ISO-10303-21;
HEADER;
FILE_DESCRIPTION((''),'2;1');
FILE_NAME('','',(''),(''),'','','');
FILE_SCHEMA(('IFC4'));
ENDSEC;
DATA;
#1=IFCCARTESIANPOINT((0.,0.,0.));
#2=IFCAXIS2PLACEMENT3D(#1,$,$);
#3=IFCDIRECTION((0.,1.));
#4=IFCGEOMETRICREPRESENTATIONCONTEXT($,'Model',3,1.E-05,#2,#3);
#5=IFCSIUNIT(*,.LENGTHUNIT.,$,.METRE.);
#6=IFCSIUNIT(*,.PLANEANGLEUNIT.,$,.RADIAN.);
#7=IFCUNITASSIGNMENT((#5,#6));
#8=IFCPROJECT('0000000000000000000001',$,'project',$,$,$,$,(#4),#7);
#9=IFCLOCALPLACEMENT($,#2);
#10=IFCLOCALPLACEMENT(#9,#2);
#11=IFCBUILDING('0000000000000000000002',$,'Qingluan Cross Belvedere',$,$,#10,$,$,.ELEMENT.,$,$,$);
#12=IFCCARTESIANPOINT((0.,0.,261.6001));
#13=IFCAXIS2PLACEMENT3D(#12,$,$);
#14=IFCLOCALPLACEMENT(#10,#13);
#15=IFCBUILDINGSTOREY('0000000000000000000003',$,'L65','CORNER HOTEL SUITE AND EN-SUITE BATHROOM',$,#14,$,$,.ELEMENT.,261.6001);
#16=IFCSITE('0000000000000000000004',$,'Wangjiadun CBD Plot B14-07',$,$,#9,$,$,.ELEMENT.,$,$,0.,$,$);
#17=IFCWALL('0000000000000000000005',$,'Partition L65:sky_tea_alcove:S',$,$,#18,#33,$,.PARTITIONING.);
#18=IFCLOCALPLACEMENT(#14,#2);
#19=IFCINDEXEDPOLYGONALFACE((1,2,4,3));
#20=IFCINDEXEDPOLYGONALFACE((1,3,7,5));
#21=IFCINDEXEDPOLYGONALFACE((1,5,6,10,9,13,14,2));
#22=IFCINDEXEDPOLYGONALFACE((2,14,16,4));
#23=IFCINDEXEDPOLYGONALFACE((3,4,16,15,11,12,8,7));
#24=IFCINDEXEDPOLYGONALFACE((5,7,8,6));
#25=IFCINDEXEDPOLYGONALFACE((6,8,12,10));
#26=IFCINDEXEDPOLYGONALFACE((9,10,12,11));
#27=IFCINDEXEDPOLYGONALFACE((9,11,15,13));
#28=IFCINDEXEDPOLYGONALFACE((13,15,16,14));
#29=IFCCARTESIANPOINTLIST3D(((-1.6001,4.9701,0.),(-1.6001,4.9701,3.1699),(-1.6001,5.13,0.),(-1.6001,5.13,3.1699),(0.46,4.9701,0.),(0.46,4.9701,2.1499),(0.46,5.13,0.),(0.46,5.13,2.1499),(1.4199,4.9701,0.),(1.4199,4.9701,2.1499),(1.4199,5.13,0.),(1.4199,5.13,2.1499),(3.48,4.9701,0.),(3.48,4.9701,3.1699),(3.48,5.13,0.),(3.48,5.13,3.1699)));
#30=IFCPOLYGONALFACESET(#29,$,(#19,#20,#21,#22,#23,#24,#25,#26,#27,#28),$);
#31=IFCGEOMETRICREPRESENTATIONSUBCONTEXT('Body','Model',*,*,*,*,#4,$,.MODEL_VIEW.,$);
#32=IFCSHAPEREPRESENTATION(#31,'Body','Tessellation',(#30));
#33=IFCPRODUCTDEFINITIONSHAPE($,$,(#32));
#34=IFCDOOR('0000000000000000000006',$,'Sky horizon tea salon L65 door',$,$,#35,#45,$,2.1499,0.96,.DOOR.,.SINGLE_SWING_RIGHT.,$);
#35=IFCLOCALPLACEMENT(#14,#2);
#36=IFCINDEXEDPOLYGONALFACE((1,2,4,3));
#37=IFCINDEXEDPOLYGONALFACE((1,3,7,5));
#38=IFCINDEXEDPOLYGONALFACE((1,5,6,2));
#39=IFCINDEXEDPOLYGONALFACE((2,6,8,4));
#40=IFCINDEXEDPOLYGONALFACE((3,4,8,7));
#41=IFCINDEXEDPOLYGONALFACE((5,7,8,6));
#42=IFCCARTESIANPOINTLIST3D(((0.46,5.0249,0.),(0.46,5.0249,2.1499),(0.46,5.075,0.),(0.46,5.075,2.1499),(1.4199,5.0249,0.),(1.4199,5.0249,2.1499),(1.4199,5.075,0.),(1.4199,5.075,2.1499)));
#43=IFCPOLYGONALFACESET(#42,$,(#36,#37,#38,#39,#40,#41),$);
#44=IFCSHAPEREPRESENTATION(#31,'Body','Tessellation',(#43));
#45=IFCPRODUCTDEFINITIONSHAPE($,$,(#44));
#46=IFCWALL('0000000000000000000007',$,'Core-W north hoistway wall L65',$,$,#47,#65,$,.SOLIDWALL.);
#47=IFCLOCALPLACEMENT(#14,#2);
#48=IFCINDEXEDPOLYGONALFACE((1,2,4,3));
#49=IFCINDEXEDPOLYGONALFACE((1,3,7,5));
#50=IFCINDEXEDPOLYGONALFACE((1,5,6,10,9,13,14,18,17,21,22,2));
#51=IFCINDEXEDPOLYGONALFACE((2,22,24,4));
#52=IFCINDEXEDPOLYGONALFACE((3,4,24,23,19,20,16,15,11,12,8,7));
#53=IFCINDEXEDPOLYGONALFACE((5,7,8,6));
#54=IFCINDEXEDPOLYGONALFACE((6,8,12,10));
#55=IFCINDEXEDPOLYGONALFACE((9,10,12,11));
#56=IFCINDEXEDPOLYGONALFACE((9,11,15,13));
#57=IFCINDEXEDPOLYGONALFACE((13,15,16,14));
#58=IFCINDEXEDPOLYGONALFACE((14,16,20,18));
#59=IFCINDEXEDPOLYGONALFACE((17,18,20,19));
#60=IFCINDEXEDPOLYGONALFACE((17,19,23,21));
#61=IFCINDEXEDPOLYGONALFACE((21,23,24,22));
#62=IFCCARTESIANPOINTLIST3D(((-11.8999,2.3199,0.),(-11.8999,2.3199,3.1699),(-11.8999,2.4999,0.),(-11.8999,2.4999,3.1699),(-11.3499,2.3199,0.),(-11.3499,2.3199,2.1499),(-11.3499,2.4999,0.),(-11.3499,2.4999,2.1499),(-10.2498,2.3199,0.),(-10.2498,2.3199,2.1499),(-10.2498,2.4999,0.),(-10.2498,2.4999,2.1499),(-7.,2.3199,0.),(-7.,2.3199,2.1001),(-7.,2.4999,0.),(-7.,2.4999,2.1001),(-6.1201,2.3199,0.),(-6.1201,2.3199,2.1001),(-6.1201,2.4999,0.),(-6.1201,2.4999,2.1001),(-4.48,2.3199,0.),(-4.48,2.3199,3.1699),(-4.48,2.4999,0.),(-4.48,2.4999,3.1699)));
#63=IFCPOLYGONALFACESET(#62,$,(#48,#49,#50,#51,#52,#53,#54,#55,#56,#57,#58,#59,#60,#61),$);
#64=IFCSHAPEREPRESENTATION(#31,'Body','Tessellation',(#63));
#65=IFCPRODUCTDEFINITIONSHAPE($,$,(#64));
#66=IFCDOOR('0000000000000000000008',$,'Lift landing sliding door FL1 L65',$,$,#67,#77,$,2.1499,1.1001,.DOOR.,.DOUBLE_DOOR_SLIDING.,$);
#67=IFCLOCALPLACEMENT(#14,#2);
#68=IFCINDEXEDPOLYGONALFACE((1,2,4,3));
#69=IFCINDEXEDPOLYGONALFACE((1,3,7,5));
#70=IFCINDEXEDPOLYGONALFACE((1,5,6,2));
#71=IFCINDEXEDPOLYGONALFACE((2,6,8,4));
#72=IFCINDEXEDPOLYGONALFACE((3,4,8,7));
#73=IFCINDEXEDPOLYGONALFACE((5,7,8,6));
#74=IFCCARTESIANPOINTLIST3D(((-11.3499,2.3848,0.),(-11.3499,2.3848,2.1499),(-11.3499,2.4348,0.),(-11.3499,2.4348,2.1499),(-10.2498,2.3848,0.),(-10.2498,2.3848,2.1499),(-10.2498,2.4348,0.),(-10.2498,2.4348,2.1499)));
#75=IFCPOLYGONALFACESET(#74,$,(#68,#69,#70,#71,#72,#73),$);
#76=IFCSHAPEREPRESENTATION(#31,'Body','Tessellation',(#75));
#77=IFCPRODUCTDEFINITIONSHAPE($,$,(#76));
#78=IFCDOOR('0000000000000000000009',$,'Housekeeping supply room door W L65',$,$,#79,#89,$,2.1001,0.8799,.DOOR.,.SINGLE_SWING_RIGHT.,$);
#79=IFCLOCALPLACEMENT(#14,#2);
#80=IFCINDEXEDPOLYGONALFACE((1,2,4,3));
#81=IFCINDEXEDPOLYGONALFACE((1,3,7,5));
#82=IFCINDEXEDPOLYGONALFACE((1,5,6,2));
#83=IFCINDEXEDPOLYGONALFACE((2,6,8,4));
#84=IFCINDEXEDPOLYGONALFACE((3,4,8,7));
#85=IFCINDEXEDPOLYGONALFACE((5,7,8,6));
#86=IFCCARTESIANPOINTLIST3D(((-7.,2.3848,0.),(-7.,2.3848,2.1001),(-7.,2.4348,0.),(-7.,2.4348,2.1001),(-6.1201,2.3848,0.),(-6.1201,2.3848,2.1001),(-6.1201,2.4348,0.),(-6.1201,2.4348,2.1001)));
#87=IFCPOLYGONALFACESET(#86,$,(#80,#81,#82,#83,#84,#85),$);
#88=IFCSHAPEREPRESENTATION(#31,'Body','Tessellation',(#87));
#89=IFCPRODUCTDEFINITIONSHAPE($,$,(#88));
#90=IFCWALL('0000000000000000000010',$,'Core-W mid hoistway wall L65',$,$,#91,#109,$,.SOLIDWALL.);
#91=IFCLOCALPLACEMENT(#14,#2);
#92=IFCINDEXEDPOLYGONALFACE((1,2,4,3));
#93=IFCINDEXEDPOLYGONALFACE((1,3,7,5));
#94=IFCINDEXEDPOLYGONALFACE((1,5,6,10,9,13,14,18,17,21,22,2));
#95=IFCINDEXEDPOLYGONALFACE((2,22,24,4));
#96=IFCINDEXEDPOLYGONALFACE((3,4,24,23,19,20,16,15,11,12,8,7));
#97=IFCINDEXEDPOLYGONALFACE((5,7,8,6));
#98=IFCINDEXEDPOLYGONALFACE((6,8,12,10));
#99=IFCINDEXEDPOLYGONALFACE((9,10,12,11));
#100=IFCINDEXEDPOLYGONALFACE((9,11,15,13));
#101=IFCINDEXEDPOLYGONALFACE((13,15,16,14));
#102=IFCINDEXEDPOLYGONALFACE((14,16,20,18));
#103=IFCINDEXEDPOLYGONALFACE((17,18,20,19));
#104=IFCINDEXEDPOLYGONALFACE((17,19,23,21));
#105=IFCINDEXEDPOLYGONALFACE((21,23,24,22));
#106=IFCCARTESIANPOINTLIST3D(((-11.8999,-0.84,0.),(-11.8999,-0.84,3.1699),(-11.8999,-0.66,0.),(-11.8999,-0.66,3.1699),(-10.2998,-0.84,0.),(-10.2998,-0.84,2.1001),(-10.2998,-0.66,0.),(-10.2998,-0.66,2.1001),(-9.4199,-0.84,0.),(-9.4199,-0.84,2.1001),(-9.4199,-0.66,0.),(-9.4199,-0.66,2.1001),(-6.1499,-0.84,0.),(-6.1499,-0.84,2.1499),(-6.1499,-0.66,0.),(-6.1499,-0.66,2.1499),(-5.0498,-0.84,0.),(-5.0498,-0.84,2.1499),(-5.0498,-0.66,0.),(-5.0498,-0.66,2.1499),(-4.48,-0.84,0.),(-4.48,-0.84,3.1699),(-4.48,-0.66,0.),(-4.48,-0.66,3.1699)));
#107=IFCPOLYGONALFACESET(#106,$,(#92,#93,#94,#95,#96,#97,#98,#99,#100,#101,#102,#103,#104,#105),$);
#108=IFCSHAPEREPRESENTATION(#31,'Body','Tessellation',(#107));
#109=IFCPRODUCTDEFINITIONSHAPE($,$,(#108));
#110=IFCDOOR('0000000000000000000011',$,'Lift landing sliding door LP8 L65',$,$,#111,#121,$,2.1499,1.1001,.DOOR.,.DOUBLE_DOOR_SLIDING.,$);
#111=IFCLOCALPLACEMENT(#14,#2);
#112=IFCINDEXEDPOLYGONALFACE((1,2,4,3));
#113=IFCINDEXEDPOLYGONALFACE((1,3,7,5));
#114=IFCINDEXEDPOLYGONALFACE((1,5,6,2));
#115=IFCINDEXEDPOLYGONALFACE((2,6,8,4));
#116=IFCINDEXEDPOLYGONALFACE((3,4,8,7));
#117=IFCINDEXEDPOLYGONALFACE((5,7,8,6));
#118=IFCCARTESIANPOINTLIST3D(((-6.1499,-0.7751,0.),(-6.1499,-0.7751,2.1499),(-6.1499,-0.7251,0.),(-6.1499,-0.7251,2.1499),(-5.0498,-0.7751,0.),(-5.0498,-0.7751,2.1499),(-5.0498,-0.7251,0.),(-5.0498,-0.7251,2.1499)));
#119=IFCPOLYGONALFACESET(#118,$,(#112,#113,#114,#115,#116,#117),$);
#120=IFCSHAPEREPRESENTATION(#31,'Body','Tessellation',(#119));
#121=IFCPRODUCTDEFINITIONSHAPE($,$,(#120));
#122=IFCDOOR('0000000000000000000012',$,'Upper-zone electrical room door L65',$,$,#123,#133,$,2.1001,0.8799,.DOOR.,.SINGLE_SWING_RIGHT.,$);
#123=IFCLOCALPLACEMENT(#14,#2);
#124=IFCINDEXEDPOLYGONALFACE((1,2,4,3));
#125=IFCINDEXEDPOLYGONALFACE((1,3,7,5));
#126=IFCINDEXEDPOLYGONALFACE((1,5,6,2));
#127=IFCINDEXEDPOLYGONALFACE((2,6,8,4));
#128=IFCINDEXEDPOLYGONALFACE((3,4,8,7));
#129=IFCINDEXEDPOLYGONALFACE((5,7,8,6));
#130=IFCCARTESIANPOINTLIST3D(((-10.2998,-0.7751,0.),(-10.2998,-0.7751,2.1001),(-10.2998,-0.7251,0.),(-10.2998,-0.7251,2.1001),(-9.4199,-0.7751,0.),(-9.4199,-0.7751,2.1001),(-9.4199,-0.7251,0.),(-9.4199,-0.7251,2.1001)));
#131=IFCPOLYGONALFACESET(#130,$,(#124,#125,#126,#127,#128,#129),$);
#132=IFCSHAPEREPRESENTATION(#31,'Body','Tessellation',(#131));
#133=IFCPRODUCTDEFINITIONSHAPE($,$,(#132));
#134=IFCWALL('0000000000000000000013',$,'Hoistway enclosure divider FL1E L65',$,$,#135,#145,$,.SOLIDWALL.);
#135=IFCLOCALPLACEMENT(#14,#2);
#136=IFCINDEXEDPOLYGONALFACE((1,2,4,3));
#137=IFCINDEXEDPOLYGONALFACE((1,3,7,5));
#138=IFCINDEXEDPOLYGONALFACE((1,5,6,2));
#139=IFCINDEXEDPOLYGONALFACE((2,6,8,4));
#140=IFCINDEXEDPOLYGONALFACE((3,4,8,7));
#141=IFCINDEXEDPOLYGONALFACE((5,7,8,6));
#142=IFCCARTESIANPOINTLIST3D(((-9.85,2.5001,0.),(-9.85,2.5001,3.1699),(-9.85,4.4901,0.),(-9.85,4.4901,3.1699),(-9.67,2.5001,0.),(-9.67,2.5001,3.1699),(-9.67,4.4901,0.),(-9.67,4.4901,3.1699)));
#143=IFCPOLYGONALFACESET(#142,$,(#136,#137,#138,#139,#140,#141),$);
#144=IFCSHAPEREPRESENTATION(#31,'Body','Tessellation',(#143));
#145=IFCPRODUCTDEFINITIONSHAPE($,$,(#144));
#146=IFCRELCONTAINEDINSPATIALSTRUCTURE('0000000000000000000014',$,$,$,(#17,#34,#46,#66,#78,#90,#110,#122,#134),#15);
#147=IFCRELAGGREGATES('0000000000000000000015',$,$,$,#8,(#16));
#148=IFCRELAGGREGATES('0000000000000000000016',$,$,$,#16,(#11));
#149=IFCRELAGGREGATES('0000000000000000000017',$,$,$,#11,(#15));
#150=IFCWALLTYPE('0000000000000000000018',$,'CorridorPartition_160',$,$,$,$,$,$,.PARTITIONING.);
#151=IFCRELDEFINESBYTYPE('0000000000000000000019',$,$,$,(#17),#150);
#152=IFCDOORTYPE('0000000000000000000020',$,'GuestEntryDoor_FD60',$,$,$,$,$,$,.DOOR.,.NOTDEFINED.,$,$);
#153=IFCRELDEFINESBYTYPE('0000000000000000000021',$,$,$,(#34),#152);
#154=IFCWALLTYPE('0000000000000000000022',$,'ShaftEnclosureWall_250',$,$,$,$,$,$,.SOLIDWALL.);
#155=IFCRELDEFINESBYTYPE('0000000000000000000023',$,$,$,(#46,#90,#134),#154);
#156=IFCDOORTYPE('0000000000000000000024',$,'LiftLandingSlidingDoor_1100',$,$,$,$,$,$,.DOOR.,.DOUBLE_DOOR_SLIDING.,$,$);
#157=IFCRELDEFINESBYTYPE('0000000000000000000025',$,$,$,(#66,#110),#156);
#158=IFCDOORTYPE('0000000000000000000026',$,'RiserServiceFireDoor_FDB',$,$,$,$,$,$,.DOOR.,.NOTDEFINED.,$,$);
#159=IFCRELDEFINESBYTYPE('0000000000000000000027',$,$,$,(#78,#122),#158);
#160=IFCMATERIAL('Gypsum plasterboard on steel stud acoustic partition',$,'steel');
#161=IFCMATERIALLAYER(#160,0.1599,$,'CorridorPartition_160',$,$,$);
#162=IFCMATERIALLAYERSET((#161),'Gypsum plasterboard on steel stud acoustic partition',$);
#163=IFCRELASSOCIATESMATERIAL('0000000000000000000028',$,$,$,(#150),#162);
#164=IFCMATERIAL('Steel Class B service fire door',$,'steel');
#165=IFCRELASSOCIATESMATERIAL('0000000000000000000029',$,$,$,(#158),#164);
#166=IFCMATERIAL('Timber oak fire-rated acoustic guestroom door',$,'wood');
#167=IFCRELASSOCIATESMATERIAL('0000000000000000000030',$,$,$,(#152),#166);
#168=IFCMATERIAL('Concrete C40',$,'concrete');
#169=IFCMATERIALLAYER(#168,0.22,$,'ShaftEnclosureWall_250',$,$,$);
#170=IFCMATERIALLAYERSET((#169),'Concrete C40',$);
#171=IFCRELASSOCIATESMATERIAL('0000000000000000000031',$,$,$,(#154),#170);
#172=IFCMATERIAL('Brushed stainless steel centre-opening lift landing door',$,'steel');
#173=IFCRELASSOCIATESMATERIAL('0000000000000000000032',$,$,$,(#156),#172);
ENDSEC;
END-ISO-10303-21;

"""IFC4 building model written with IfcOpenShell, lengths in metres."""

from ifc_helpers import new_model, si_unit, direction, frame, frame_2d, origin, place, context, subcontext, project, spatial, rectangle, extrude, material, layer, layer_set, type_object, element, fill, save


model = new_model("IFC4")

# Units and contexts
model_context = context("Model", 3, precision=1e-05, world=origin(), true_north=direction((0.0, 1.0)))
body_context = subcontext(model_context, "Body", "Model", "MODEL_VIEW")
ifc_project = project(units=[si_unit("LENGTHUNIT", "METRE"), si_unit("PLANEANGLEUNIT", "RADIAN")], contexts=[model_context])

# Site, building, storey
site_placement = place(None, origin())
site = spatial("IfcSite", under=ifc_project, at=site_placement, Name="Wangjiadun CBD Plot B14-07", CompositionType="ELEMENT", RefElevation=0.0)
building_placement = place(site_placement, origin())
building = spatial("IfcBuilding", under=site, at=building_placement, Name="Qingluan Cross Belvedere", CompositionType="ELEMENT")
storey_placement = place(building_placement, frame((0.0, 0.0, 261.6001)))
storey = spatial("IfcBuildingStorey", under=building, at=storey_placement, Name="L65", Description="CORNER HOTEL SUITE AND EN-SUITE BATHROOM", CompositionType="ELEMENT", Elevation=261.6001)

# Wall, opening, door
ifc_material_1 = material(Name="Gypsum plasterboard on steel stud acoustic partition", Category="steel")
ifc_layer_1 = layer(ifc_material_1, 0.1599, Name="CorridorPartition_160")
ifc_layer_set_1 = layer_set([ifc_layer_1], Name="Gypsum plasterboard on steel stud acoustic partition")
wall_type_1 = type_object("IfcWallType", Name="CorridorPartition_160", PredefinedType="PARTITIONING", material=ifc_layer_set_1)
ifc_material_2 = material(Name="Steel Class B service fire door", Category="steel")
door_type_1 = type_object("IfcDoorType", Name="RiserServiceFireDoor_FDB", OperationType="NOTDEFINED", PredefinedType="DOOR", material=ifc_material_2)
wall_1_placement = place(storey_placement, frame((-1.6001, 5.05, 0.0), z_axis=(0.0, 0.0, 1.0), x_axis=(1.0, 0.0, 0.0)))
wall_1 = element("IfcWall", 1, at=wall_1_placement, inside=storey, type_object=wall_type_1, Name="Partition L65:sky_tea_alcove:S", PredefinedType="PARTITIONING", context=body_context, shape_type="SweptSolid", body=[
    extrude(rectangle(XDim=5.0801, YDim=0.1599, at=frame_2d((2.54, 0.0))), origin(), (0.0, 0.0, 1.0), 3.1699),
])
opening_1_placement = place(wall_1_placement, frame((2.0601, 0.0, 0.0)))
opening_1 = element("IfcOpeningElement", 2, at=opening_1_placement, cuts=wall_1, PredefinedType="OPENING", context=body_context, shape_type="SweptSolid", body=[
    extrude(rectangle(XDim=0.96, YDim=2.1499, at=frame_2d((0.48, 1.075))), frame((0.0, 0.0898, 0.0), z_axis=(0.0, -1.0, 0.0), x_axis=(1.0, 0.0, 0.0)), (0.0, 0.0, 1.0), 0.1799),
])
ifc_material_3 = material(Name="Timber oak fire-rated acoustic guestroom door", Category="wood")
door_type_2 = type_object("IfcDoorType", Name="GuestEntryDoor_FD60", OperationType="NOTDEFINED", PredefinedType="DOOR", material=ifc_material_3)
door_1_placement = place(opening_1_placement, origin())
door_1 = element("IfcDoor", 3, at=door_1_placement, inside=storey, type_object=door_type_2, Name="Sky horizon tea salon L65 door", OperationType="SINGLE_SWING_RIGHT", OverallHeight=2.1499, OverallWidth=0.96, PredefinedType="DOOR", context=body_context, shape_type="SweptSolid", body=[
    extrude(rectangle(XDim=0.96, YDim=2.1499, at=frame_2d((0.48, 1.075))), frame((0.0, 0.0249, 0.0), z_axis=(0.0, -1.0, 0.0), x_axis=(1.0, 0.0, 0.0)), (0.0, 0.0, 1.0), 0.05),
])
fill(opening_1, door_1)

# Walls, openings, doors
ifc_material_4 = material(Name="Concrete C40", Category="concrete")
ifc_layer_2 = layer(ifc_material_4, 0.22, Name="ShaftEnclosureWall_250")
ifc_layer_set_2 = layer_set([ifc_layer_2], Name="Concrete C40")
wall_type_2 = type_object("IfcWallType", Name="ShaftEnclosureWall_250", PredefinedType="SOLIDWALL", material=ifc_layer_set_2)
wall_2_placement = place(storey_placement, frame((-11.8999, 2.4099, 0.0), z_axis=(0.0, 0.0, 1.0), x_axis=(1.0, 0.0, 0.0)))
wall_2 = element("IfcWall", 4, at=wall_2_placement, inside=storey, type_object=wall_type_2, Name="Core-W north hoistway wall L65", PredefinedType="SOLIDWALL", context=body_context, shape_type="SweptSolid", body=[
    extrude(rectangle(XDim=7.4199, YDim=0.1799, at=frame_2d((3.71, 0.0))), origin(), (0.0, 0.0, 1.0), 3.1699),
])
opening_2_placement = place(wall_2_placement, frame((0.55, 0.0, 0.0)))
opening_2 = element("IfcOpeningElement", 5, at=opening_2_placement, cuts=wall_2, PredefinedType="OPENING", context=body_context, shape_type="SweptSolid", body=[
    extrude(rectangle(XDim=1.1001, YDim=2.1499, at=frame_2d((0.55, 1.075))), frame((0.0, 0.0999, 0.0), z_axis=(0.0, -1.0, 0.0), x_axis=(1.0, 0.0, 0.0)), (0.0, 0.0, 1.0), 0.2),
])
opening_3_placement = place(wall_2_placement, frame((4.8999, 0.0, 0.0)))
opening_3 = element("IfcOpeningElement", 6, at=opening_3_placement, cuts=wall_2, PredefinedType="OPENING", context=body_context, shape_type="SweptSolid", body=[
    extrude(rectangle(XDim=0.8799, YDim=2.1001, at=frame_2d((0.4399, 1.05))), frame((0.0, 0.0999, 0.0), z_axis=(0.0, -1.0, 0.0), x_axis=(1.0, 0.0, 0.0)), (0.0, 0.0, 1.0), 0.2),
])
ifc_material_5 = material(Name="Brushed stainless steel centre-opening lift landing door", Category="steel")
door_type_3 = type_object("IfcDoorType", Name="LiftLandingSlidingDoor_1100", OperationType="DOUBLE_DOOR_SLIDING", PredefinedType="DOOR", material=ifc_material_5)
door_2_placement = place(opening_2_placement, origin())
door_2 = element("IfcDoor", 7, at=door_2_placement, inside=storey, type_object=door_type_3, Name="Lift landing sliding door FL1 L65", OperationType="DOUBLE_DOOR_SLIDING", OverallHeight=2.1499, OverallWidth=1.1001, PredefinedType="DOOR", context=body_context, shape_type="SweptSolid", body=[
    extrude(rectangle(XDim=1.1001, YDim=2.1499, at=frame_2d((0.55, 1.075))), frame((0.0, 0.0249, 0.0), z_axis=(0.0, -1.0, 0.0), x_axis=(1.0, 0.0, 0.0)), (0.0, 0.0, 1.0), 0.05),
])
fill(opening_2, door_2)
door_3_placement = place(opening_3_placement, origin())
door_3 = element("IfcDoor", 8, at=door_3_placement, inside=storey, type_object=door_type_1, Name="Housekeeping supply room door W L65", OperationType="SINGLE_SWING_RIGHT", OverallHeight=2.1001, OverallWidth=0.8799, PredefinedType="DOOR", context=body_context, shape_type="SweptSolid", body=[
    extrude(rectangle(XDim=0.8799, YDim=2.1001, at=frame_2d((0.4399, 1.05))), frame((0.0, 0.0249, 0.0), z_axis=(0.0, -1.0, 0.0), x_axis=(1.0, 0.0, 0.0)), (0.0, 0.0, 1.0), 0.05),
])
fill(opening_3, door_3)
wall_3_placement = place(storey_placement, frame((-11.8999, -0.75, 0.0), z_axis=(0.0, 0.0, 1.0), x_axis=(1.0, 0.0, 0.0)))
wall_3 = element("IfcWall", 9, at=wall_3_placement, inside=storey, type_object=wall_type_2, Name="Core-W mid hoistway wall L65", PredefinedType="SOLIDWALL", context=body_context, shape_type="SweptSolid", body=[
    extrude(rectangle(XDim=7.4199, YDim=0.1799, at=frame_2d((3.71, 0.0))), origin(), (0.0, 0.0, 1.0), 3.1699),
])
opening_4_placement = place(wall_3_placement, frame((5.75, 0.0, 0.0)))
opening_4 = element("IfcOpeningElement", 10, at=opening_4_placement, cuts=wall_3, PredefinedType="OPENING", context=body_context, shape_type="SweptSolid", body=[
    extrude(rectangle(XDim=1.1001, YDim=2.1499, at=frame_2d((0.55, 1.075))), frame((0.0, 0.0999, 0.0), z_axis=(0.0, -1.0, 0.0), x_axis=(1.0, 0.0, 0.0)), (0.0, 0.0, 1.0), 0.2),
])
opening_5_placement = place(wall_3_placement, frame((1.6001, 0.0, 0.0)))
opening_5 = element("IfcOpeningElement", 11, at=opening_5_placement, cuts=wall_3, PredefinedType="OPENING", context=body_context, shape_type="SweptSolid", body=[
    extrude(rectangle(XDim=0.8799, YDim=2.1001, at=frame_2d((0.4399, 1.05))), frame((0.0, 0.0999, 0.0), z_axis=(0.0, -1.0, 0.0), x_axis=(1.0, 0.0, 0.0)), (0.0, 0.0, 1.0), 0.2),
])
door_4_placement = place(opening_4_placement, origin())
door_4 = element("IfcDoor", 12, at=door_4_placement, inside=storey, type_object=door_type_3, Name="Lift landing sliding door LP8 L65", OperationType="DOUBLE_DOOR_SLIDING", OverallHeight=2.1499, OverallWidth=1.1001, PredefinedType="DOOR", context=body_context, shape_type="SweptSolid", body=[
    extrude(rectangle(XDim=1.1001, YDim=2.1499, at=frame_2d((0.55, 1.075))), frame((0.0, 0.0249, 0.0), z_axis=(0.0, -1.0, 0.0), x_axis=(1.0, 0.0, 0.0)), (0.0, 0.0, 1.0), 0.05),
])
fill(opening_4, door_4)
door_5_placement = place(opening_5_placement, origin())
door_5 = element("IfcDoor", 13, at=door_5_placement, inside=storey, type_object=door_type_1, Name="Upper-zone electrical room door L65", OperationType="SINGLE_SWING_RIGHT", OverallHeight=2.1001, OverallWidth=0.8799, PredefinedType="DOOR", context=body_context, shape_type="SweptSolid", body=[
    extrude(rectangle(XDim=0.8799, YDim=2.1001, at=frame_2d((0.4399, 1.05))), frame((0.0, 0.0249, 0.0), z_axis=(0.0, -1.0, 0.0), x_axis=(1.0, 0.0, 0.0)), (0.0, 0.0, 1.0), 0.05),
])
fill(opening_5, door_5)

# Wall
wall_4_placement = place(storey_placement, frame((-9.76, 2.5, 0.0), z_axis=(0.0, 0.0, 1.0), x_axis=(0.0, 1.0, 0.0)))
element("IfcWall", 14, at=wall_4_placement, inside=storey, type_object=wall_type_2, Name="Hoistway enclosure divider FL1E L65", PredefinedType="SOLIDWALL", context=body_context, shape_type="SweptSolid", body=[
    extrude(rectangle(XDim=1.99, YDim=0.1799, at=frame_2d((0.9951, 0.0))), origin(), (0.0, 0.0, 1.0), 3.1699),
])

save(model, "model.ifc")
